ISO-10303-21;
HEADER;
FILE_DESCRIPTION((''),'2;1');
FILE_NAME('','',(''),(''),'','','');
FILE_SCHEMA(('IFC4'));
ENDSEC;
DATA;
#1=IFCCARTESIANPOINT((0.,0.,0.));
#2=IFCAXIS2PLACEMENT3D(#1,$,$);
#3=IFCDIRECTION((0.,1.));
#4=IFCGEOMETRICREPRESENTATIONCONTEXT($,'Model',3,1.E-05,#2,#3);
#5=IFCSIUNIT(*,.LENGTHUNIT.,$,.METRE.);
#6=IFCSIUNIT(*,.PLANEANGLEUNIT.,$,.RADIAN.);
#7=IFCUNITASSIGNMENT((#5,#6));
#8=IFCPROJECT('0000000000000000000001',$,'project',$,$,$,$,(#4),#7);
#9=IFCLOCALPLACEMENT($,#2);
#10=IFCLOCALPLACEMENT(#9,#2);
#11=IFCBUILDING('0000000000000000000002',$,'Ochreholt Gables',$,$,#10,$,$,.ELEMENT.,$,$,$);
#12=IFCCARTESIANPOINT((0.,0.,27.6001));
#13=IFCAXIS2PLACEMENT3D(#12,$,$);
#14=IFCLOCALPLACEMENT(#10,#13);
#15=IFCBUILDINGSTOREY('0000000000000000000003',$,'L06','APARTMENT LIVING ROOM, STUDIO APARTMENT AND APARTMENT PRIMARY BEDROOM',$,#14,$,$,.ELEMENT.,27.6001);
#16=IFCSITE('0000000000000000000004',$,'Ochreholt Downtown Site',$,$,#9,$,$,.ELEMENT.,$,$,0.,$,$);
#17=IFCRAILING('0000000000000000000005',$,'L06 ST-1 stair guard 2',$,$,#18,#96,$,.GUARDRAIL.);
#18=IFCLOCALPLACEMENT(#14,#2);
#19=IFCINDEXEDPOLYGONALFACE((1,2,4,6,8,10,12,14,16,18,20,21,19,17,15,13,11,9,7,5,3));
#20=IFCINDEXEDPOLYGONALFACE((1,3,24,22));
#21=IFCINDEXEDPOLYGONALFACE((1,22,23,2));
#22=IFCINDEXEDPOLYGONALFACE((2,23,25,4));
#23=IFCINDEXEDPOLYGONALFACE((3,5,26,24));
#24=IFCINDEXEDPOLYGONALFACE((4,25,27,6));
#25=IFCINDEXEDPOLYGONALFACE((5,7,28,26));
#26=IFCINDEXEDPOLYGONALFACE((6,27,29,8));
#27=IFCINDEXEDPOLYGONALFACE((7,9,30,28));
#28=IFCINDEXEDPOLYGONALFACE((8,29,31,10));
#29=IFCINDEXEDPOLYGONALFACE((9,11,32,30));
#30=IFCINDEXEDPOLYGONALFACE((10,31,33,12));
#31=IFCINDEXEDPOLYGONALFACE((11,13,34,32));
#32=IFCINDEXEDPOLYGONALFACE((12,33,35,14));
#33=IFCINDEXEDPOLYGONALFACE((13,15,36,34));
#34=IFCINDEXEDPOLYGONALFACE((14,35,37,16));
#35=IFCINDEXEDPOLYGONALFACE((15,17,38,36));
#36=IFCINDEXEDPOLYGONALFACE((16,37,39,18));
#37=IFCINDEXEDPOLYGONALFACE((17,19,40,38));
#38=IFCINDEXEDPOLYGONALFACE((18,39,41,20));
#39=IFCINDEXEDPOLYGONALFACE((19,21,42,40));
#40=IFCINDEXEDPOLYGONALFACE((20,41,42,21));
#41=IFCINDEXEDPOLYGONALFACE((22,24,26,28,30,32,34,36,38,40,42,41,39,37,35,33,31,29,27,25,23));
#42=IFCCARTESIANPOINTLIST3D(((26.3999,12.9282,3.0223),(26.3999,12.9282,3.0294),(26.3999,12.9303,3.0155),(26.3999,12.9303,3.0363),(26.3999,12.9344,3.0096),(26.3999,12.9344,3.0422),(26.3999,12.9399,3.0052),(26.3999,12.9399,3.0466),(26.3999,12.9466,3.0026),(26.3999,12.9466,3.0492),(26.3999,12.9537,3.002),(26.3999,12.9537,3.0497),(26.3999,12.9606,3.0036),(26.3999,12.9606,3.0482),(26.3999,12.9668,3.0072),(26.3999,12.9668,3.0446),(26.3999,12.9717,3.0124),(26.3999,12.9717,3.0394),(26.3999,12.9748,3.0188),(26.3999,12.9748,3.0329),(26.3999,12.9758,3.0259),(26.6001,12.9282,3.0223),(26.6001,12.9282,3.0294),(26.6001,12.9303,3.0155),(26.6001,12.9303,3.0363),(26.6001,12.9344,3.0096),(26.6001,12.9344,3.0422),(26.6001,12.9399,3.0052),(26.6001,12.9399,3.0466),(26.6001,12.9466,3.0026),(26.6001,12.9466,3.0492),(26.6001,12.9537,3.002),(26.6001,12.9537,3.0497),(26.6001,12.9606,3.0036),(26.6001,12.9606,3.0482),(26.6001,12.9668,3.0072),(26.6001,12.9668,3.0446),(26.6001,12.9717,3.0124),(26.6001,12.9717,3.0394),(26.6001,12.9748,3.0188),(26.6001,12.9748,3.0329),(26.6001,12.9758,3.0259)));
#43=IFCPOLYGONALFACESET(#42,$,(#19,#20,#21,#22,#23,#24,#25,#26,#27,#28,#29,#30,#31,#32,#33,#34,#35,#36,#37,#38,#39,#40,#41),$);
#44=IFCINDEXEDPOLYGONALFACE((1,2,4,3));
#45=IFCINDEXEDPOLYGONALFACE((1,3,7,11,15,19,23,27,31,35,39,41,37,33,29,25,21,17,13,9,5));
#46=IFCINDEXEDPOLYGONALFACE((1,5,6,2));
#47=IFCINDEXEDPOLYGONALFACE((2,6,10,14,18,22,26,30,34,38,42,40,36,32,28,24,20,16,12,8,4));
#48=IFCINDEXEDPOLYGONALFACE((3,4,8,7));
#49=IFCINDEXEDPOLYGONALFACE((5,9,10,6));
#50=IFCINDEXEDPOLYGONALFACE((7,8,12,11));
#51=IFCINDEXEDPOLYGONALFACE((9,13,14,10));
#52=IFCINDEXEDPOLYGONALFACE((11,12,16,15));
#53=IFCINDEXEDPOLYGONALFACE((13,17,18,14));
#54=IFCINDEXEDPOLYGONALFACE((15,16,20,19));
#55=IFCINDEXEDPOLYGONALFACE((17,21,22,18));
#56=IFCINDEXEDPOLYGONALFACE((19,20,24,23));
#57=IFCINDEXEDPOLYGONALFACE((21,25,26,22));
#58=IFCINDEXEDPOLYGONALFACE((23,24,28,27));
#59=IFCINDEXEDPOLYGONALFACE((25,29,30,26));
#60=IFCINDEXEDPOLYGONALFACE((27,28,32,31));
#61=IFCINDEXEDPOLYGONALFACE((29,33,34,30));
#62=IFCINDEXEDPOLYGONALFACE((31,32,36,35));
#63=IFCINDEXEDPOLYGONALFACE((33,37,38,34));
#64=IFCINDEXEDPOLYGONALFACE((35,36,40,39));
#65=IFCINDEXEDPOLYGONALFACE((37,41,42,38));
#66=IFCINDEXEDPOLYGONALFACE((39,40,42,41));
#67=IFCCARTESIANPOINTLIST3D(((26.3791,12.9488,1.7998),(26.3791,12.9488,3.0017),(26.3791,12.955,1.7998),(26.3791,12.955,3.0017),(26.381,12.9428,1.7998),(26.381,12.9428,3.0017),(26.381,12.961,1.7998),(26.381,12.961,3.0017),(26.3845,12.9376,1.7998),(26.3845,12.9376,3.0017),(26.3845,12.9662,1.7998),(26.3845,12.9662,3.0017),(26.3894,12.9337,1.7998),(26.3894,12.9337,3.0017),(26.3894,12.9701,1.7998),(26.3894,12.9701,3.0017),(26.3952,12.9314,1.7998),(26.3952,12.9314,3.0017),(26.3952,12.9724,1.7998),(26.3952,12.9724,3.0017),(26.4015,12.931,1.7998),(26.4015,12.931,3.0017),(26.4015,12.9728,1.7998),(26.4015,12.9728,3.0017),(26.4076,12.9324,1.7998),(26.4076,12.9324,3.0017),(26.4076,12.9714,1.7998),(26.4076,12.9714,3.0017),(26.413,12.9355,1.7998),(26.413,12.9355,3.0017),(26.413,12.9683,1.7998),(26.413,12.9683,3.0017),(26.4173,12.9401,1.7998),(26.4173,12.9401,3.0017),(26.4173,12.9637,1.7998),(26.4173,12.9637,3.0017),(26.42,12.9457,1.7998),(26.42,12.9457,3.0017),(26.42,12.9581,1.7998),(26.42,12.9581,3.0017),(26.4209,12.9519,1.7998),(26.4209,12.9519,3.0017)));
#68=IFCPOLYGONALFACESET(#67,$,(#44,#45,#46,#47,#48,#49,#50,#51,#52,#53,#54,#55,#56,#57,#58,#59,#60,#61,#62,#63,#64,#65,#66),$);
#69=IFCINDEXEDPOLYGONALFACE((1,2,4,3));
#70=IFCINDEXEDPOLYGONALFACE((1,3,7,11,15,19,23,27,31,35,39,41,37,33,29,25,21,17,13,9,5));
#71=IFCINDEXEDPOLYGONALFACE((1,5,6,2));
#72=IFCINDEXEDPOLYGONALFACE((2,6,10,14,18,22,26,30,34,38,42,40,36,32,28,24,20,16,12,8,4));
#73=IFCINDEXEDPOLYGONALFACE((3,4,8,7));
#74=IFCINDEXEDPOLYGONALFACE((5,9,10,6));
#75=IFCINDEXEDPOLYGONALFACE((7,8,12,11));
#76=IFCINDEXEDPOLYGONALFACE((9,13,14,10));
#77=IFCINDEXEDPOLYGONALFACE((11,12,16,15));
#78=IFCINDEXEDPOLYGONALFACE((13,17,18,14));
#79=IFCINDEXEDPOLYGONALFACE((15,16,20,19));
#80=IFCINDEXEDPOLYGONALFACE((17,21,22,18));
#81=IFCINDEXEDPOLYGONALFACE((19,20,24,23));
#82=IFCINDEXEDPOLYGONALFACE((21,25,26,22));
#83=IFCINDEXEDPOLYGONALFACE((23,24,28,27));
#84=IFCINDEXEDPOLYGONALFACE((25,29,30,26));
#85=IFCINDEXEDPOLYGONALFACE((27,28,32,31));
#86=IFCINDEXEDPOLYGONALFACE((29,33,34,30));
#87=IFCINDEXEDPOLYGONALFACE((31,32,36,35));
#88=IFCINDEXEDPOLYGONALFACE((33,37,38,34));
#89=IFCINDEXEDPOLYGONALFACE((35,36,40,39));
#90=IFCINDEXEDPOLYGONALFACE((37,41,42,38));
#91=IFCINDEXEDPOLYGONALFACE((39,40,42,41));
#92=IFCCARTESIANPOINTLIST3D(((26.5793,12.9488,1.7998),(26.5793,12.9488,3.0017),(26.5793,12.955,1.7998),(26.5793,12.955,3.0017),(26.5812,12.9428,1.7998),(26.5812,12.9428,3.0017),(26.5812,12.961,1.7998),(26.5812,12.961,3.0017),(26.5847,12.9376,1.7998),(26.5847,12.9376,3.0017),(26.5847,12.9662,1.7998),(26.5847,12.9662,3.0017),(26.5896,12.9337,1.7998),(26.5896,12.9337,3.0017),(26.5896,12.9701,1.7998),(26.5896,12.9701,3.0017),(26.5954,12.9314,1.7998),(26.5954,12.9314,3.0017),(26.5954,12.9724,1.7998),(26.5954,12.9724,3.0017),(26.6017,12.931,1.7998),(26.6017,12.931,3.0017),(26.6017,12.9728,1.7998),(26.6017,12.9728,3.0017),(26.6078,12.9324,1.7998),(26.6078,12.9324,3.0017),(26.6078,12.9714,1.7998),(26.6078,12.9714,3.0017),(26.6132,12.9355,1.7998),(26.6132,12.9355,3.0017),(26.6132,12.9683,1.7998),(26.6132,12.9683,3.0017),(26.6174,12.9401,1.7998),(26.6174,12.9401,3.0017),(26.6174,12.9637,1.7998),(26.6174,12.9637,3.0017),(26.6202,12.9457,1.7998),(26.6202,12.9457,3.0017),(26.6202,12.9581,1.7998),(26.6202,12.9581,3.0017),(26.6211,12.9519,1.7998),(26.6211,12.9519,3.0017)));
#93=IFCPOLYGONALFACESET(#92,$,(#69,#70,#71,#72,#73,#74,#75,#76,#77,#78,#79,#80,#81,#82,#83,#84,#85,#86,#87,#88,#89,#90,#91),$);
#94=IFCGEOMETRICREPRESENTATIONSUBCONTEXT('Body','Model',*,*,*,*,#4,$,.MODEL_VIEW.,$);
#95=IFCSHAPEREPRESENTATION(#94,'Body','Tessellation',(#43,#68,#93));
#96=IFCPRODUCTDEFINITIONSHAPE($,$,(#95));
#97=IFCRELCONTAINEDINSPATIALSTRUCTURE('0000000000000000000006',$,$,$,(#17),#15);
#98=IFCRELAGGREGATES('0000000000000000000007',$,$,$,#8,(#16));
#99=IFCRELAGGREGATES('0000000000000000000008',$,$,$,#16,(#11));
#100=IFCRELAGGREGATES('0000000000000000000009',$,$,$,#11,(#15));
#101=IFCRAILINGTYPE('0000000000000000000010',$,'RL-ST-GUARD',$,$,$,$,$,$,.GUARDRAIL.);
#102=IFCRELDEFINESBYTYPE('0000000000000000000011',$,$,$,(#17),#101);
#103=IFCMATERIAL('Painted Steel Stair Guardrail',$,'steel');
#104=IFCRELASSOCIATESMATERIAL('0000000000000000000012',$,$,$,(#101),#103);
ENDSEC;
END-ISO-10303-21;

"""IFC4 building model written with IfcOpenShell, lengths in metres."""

from ifc_helpers import new_model, si_unit, direction, frame, origin, origin_2d, place, context, subcontext, project, spatial, circle, extrude, material, type_object, element, save


model = new_model("IFC4")

# Units and contexts
model_context = context("Model", 3, precision=1e-05, world=origin(), true_north=direction((0.0, 1.0)))
body_context = subcontext(model_context, "Body", "Model", "MODEL_VIEW")
ifc_project = project(units=[si_unit("LENGTHUNIT", "METRE"), si_unit("PLANEANGLEUNIT", "RADIAN")], contexts=[model_context])

# Site, building, storey
site_placement = place(None, origin())
site = spatial("IfcSite", under=ifc_project, at=site_placement, Name="Ochreholt Downtown Site", CompositionType="ELEMENT", RefElevation=0.0)
building_placement = place(site_placement, origin())
building = spatial("IfcBuilding", under=site, at=building_placement, Name="Ochreholt Gables", CompositionType="ELEMENT")
storey_placement = place(building_placement, frame((0.0, 0.0, 27.6001)))
storey = spatial("IfcBuildingStorey", under=building, at=storey_placement, Name="L06", Description="APARTMENT LIVING ROOM, STUDIO APARTMENT AND APARTMENT PRIMARY BEDROOM", CompositionType="ELEMENT", Elevation=27.6001)

# Railing
ifc_material_1 = material(Name="Painted Steel Stair Guardrail", Category="steel")
railing_type = type_object("IfcRailingType", Name="RL-ST-GUARD", PredefinedType="GUARDRAIL", material=ifc_material_1)
railing_1_placement = place(storey_placement, frame((26.3999, 12.9519, 1.7998)))
element("IfcRailing", 1, at=railing_1_placement, inside=storey, type_object=railing_type, Name="L06 ST-1 stair guard 2", PredefinedType="GUARDRAIL", context=body_context, shape_type="SweptSolid", body=[
    extrude(circle(Radius=0.0239, at=origin_2d()), frame((0.0, 0.0, 1.2261), z_axis=(1.0, 0.0, 0.0), x_axis=(0.0, 1.0, 0.0)), (0.0, 0.0, 1.0), 0.2002),
    extrude(circle(Radius=0.021, at=origin_2d()), origin(), (0.0, 0.0, 1.0), 1.2019),
    extrude(circle(Radius=0.021, at=origin_2d()), frame((0.2002, 0.0, 0.0)), (0.0, 0.0, 1.0), 1.2019),
])

save(model, "model.ifc")
